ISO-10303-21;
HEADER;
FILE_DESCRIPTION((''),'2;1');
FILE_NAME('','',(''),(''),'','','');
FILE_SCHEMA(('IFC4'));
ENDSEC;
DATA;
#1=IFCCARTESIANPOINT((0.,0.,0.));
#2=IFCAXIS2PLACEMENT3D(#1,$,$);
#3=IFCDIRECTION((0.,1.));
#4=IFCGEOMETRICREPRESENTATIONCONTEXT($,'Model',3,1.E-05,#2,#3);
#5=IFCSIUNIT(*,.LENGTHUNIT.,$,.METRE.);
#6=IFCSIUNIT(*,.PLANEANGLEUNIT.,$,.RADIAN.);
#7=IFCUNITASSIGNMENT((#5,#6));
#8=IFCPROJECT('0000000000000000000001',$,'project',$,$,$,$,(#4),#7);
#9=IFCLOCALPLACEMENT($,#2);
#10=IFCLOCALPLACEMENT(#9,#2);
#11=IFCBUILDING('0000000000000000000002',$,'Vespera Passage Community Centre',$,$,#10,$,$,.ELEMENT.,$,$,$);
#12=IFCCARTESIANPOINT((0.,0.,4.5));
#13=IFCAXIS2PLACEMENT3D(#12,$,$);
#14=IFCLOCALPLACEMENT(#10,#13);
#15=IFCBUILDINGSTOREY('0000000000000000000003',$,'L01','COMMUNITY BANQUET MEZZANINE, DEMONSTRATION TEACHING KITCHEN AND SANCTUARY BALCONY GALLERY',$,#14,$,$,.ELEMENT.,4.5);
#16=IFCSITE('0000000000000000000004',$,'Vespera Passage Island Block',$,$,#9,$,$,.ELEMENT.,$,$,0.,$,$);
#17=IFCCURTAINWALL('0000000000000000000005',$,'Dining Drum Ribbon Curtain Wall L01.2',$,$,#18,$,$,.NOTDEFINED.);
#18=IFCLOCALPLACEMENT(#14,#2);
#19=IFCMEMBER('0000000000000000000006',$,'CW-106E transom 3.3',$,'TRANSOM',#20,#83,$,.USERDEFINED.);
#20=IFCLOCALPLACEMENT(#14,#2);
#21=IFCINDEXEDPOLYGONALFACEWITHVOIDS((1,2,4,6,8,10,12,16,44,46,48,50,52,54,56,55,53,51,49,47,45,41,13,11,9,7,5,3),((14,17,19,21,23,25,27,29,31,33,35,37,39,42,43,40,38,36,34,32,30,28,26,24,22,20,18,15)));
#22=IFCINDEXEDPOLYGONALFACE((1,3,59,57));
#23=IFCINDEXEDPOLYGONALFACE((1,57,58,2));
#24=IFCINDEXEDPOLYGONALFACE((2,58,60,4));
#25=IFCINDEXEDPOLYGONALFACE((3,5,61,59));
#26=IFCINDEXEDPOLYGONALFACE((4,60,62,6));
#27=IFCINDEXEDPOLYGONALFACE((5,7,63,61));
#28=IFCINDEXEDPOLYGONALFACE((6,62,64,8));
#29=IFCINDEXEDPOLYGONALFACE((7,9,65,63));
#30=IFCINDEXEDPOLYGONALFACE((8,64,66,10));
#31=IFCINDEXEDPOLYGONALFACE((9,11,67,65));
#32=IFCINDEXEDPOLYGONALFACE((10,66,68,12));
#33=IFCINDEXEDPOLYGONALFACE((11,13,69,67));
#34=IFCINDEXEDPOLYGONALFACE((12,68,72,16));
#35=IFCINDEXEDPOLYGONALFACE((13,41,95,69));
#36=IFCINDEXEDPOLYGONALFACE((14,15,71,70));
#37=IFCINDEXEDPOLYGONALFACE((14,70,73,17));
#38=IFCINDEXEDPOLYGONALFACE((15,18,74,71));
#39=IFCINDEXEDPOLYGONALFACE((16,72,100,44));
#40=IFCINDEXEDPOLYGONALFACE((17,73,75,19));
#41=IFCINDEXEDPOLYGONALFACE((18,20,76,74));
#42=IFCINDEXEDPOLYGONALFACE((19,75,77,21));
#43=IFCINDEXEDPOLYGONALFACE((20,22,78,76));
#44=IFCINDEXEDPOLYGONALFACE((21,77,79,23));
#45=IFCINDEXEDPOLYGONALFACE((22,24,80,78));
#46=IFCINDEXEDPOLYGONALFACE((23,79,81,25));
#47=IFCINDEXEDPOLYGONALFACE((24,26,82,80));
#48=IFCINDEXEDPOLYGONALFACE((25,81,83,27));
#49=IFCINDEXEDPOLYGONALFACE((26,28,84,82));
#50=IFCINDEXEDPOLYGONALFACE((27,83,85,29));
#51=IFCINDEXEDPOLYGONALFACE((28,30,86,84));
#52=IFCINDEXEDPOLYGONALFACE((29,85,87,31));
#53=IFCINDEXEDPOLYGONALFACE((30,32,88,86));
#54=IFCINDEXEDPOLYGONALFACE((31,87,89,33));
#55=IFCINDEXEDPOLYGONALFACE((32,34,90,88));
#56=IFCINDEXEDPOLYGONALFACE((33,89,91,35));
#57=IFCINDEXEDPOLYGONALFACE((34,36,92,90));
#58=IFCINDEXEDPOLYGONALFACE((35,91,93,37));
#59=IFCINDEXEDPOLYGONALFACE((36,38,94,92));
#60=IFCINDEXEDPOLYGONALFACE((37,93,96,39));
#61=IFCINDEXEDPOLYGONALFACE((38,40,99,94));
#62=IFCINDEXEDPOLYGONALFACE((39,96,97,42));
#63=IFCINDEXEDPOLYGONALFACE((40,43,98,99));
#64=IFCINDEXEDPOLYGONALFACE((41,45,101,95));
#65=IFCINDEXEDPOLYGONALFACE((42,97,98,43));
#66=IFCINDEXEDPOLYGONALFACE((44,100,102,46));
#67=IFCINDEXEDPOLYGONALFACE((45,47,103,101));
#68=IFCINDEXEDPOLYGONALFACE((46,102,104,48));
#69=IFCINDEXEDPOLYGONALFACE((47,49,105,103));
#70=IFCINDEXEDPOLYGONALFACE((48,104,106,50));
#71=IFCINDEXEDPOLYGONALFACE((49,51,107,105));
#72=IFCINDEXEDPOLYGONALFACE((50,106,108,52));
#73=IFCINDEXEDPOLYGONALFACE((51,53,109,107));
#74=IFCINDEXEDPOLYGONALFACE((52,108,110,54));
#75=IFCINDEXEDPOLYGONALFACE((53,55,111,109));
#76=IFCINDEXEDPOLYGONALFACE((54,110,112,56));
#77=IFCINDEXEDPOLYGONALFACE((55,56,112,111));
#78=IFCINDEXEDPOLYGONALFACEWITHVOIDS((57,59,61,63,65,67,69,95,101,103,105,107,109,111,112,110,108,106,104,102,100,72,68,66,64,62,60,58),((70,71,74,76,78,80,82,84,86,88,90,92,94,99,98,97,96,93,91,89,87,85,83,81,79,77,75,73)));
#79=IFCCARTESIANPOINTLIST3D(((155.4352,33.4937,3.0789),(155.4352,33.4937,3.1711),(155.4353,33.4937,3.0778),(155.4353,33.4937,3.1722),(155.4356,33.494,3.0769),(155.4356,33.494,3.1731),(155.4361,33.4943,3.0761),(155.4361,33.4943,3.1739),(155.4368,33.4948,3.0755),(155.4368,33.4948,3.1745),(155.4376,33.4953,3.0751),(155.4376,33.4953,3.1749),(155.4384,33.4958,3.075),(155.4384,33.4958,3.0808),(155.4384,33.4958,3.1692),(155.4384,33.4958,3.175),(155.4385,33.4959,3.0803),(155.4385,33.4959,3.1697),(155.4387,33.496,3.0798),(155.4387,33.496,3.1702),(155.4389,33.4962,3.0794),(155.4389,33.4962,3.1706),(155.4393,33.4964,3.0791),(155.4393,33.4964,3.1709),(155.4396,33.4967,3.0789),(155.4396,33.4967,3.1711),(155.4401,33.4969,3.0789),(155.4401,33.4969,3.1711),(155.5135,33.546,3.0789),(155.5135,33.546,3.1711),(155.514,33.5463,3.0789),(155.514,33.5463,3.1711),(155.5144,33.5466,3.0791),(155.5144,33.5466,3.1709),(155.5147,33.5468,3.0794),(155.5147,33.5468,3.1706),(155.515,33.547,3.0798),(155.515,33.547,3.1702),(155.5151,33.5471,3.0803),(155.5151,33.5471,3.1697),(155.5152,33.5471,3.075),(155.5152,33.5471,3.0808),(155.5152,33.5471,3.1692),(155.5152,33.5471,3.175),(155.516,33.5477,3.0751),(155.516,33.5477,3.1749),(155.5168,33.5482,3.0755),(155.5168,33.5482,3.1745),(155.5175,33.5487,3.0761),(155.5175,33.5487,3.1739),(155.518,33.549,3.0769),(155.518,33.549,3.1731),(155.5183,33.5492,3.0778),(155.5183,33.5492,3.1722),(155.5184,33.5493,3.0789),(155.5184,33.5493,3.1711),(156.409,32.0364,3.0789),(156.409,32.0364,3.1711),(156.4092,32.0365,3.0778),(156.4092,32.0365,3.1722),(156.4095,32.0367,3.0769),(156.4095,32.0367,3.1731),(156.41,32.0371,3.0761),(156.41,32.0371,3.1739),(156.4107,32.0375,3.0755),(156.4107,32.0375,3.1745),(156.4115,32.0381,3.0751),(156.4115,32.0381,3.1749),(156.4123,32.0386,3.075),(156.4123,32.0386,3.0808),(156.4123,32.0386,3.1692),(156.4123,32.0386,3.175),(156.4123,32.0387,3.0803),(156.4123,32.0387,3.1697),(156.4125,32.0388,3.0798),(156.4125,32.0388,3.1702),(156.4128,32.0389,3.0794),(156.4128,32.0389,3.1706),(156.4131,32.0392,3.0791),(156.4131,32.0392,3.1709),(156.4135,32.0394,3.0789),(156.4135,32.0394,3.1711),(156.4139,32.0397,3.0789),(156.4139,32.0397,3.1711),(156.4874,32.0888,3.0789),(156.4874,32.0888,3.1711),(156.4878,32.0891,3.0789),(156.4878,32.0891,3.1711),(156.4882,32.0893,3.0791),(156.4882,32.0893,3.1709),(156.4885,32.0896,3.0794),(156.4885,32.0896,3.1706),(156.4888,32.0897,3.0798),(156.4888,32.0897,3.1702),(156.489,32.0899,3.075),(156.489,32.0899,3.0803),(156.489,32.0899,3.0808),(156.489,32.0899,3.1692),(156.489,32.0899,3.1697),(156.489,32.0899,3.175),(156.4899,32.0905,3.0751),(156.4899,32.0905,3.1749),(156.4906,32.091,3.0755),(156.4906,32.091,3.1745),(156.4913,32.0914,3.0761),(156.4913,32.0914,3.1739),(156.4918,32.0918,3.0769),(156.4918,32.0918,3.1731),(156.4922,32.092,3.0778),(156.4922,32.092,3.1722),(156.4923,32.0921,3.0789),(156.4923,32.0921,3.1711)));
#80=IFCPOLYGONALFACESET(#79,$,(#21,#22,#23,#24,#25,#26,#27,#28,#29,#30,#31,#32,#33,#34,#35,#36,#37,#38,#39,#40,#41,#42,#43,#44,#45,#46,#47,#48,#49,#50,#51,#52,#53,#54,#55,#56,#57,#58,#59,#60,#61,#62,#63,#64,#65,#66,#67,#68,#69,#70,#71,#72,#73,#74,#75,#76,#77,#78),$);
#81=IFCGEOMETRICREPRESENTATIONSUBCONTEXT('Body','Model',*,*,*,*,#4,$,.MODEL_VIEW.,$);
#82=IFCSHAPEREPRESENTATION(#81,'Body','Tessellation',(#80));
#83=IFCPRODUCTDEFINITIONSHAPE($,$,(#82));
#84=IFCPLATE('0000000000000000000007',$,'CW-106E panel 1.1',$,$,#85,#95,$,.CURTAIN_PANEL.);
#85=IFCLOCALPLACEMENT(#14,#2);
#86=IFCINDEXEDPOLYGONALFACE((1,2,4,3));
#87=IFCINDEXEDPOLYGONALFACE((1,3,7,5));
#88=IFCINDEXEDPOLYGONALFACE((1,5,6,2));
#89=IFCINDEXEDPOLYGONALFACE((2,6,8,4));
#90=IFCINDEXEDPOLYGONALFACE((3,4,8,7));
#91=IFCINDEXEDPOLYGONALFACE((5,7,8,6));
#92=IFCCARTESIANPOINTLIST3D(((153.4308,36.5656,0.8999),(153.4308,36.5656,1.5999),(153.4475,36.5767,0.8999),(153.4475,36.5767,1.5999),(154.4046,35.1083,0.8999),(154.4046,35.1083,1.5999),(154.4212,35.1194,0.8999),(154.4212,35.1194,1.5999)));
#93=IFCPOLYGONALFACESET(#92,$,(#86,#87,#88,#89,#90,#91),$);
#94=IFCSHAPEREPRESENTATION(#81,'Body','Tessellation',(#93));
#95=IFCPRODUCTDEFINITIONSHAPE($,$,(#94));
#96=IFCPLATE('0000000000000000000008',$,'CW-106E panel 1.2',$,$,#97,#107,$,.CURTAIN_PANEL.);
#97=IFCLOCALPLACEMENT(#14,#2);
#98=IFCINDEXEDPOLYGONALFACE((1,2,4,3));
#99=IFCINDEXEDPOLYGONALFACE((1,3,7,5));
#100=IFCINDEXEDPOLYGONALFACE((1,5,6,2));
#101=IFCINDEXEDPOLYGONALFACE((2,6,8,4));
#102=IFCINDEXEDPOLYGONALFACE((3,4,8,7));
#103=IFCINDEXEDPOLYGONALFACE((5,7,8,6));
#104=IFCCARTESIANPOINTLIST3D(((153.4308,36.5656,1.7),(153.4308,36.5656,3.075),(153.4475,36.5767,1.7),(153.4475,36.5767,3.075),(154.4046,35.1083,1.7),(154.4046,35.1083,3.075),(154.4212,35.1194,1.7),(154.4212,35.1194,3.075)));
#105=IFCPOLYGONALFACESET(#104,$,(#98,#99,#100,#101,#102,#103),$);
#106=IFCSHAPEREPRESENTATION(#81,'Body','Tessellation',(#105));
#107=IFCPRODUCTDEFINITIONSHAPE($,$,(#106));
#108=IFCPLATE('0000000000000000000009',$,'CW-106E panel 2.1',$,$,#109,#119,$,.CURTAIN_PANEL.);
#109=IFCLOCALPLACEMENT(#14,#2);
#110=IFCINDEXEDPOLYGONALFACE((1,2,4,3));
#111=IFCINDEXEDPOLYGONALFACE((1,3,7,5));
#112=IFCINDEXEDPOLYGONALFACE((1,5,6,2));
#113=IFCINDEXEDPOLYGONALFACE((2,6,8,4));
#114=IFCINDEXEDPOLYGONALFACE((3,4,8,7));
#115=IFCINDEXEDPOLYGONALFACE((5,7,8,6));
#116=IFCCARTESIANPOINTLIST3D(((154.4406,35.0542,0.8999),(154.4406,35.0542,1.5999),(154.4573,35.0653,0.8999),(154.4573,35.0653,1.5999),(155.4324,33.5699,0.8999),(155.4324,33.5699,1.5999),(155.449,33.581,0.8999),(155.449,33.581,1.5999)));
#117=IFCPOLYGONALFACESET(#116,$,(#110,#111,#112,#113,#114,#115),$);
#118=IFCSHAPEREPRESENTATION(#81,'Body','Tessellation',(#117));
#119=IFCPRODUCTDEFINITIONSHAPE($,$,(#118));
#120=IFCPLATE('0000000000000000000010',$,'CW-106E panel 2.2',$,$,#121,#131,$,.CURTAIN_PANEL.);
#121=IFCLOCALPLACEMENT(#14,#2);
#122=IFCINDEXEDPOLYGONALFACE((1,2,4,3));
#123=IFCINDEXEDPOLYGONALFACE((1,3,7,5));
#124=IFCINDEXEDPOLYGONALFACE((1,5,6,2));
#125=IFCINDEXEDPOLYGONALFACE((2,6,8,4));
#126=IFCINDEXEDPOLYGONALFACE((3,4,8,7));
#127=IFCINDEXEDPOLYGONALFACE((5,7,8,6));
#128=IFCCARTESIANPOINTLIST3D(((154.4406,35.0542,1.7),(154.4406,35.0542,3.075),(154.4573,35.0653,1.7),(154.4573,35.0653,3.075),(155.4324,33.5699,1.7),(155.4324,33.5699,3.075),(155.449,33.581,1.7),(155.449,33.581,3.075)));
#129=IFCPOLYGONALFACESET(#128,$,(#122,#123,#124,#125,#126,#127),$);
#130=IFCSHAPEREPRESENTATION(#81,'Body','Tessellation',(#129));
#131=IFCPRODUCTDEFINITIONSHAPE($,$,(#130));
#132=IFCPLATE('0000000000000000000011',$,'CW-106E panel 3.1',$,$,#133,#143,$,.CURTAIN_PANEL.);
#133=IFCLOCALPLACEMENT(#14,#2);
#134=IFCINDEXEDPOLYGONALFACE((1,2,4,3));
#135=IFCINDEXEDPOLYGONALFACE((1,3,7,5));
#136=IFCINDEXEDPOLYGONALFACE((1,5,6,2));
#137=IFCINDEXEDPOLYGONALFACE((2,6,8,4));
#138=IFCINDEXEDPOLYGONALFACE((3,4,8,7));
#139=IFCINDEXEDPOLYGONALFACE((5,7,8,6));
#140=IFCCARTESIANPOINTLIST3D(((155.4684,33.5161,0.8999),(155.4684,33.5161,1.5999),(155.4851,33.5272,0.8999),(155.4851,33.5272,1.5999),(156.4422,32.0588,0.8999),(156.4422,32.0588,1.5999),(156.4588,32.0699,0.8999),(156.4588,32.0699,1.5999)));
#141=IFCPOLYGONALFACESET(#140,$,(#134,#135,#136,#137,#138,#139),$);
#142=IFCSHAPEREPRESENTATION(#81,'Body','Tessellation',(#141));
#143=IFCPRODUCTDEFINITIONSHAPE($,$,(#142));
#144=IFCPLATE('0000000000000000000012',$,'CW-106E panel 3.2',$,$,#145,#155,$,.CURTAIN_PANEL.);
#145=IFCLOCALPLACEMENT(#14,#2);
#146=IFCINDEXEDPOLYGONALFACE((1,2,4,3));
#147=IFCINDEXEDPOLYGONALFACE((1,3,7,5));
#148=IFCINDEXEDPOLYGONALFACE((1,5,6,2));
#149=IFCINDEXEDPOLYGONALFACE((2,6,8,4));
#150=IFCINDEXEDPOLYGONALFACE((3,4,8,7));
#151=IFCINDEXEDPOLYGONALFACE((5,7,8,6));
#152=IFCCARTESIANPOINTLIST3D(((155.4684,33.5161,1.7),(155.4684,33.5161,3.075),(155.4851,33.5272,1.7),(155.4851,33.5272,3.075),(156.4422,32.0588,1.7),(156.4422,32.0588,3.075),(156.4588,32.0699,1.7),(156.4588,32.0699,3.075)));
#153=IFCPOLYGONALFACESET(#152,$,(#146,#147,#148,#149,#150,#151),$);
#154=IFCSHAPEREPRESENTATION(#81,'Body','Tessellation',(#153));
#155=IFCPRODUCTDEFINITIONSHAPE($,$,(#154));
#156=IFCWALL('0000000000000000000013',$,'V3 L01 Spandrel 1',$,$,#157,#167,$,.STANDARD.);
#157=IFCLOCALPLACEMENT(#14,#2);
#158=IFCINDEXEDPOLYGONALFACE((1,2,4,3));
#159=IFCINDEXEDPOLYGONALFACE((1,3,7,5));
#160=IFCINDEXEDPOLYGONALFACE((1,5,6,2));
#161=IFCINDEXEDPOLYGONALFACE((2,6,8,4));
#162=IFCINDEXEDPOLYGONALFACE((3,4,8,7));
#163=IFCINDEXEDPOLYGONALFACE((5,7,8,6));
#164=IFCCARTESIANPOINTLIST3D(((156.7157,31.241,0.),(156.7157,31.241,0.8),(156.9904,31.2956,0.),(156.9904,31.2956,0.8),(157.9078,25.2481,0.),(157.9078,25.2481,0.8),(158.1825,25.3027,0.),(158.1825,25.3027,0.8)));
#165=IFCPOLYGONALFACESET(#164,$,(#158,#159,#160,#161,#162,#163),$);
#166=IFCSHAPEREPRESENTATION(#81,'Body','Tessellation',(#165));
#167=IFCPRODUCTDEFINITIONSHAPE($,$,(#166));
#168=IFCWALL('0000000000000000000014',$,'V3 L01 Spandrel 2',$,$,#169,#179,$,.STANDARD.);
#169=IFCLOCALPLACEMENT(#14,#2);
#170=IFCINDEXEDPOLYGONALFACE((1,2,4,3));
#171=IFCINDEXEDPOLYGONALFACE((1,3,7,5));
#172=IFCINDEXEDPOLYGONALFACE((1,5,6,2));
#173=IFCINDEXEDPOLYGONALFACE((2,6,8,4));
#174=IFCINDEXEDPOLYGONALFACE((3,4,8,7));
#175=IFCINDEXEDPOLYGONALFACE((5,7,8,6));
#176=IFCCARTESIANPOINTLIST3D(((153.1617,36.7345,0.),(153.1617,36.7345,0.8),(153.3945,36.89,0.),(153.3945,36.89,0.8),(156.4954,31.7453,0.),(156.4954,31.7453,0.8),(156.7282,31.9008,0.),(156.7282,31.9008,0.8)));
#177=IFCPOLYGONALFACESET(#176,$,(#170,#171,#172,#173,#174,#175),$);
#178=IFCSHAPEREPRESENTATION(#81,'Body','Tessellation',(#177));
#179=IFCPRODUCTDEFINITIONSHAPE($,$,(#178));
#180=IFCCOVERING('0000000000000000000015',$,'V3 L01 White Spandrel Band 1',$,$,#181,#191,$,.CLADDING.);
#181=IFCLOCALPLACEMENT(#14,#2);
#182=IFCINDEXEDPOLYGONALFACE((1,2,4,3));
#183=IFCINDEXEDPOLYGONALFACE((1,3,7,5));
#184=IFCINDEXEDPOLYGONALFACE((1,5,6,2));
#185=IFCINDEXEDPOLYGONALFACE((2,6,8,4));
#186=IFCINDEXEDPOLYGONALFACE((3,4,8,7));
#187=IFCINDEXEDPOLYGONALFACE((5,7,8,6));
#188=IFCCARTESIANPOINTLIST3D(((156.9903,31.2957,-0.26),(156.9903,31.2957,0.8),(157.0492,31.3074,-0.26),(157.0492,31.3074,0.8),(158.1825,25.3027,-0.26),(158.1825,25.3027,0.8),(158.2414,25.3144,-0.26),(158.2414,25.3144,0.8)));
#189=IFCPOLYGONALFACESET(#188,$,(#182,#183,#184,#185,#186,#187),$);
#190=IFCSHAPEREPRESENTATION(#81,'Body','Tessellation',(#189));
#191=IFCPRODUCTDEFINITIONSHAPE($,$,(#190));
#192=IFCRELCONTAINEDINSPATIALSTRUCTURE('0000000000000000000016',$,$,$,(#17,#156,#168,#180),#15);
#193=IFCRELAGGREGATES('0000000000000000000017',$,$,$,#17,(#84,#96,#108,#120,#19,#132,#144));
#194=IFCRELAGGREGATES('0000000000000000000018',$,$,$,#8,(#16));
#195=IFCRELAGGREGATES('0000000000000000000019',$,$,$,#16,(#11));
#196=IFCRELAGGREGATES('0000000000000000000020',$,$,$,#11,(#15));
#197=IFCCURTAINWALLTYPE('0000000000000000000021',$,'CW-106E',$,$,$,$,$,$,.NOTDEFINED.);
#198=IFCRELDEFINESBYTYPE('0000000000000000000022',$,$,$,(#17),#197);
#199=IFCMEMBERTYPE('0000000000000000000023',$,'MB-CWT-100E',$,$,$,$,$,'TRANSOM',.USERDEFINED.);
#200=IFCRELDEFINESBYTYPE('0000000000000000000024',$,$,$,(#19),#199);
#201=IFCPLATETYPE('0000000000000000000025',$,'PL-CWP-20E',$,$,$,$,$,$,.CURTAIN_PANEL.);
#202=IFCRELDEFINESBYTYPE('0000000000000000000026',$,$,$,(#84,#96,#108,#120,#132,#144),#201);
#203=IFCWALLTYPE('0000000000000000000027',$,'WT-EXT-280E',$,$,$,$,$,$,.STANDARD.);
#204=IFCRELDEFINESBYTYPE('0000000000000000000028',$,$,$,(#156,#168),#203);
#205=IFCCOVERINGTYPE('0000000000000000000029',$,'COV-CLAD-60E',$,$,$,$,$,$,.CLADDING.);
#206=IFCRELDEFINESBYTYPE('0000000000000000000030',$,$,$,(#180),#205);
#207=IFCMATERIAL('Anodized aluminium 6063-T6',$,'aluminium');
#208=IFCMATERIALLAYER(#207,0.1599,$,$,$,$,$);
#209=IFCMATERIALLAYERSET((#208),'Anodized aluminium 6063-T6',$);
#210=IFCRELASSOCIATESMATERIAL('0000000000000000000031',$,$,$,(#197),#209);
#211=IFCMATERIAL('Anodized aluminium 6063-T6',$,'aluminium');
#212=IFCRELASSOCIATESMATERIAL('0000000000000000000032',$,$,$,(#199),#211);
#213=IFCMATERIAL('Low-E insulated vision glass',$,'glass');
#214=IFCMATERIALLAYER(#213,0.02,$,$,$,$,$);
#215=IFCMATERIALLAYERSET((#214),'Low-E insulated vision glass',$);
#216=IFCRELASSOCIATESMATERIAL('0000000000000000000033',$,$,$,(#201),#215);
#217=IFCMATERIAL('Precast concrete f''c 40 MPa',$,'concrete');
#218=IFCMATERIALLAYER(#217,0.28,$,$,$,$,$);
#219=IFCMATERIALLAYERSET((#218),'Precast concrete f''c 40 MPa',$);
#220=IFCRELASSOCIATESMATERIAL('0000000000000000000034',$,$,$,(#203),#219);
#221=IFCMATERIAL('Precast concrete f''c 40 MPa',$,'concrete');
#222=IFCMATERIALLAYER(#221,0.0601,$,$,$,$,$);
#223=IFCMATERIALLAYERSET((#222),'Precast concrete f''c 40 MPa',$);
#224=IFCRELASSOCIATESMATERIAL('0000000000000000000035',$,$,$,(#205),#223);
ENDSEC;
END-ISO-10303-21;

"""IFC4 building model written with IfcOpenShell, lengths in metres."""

from ifc_helpers import new_model, si_unit, direction, frame, frame_2d, origin, origin_2d, place, context, subcontext, project, spatial, rectangle, hollow_rectangle, extrude, material, layer, layer_set, material_profile, profile_set, type_object, element, aggregate, save


model = new_model("IFC4")

# Units and contexts
model_context = context("Model", 3, precision=1e-05, world=origin(), true_north=direction((0.0, 1.0)))
body_context = subcontext(model_context, "Body", "Model", "MODEL_VIEW")
ifc_project = project(units=[si_unit("LENGTHUNIT", "METRE"), si_unit("PLANEANGLEUNIT", "RADIAN")], contexts=[model_context])

# Site, building, storey
site_placement = place(None, origin())
site = spatial("IfcSite", under=ifc_project, at=site_placement, Name="Vespera Passage Island Block", CompositionType="ELEMENT", RefElevation=0.0)
building_placement = place(site_placement, origin())
building = spatial("IfcBuilding", under=site, at=building_placement, Name="Vespera Passage Community Centre", CompositionType="ELEMENT")
storey_placement = place(building_placement, frame((0.0, 0.0, 4.5)))
storey = spatial("IfcBuildingStorey", under=building, at=storey_placement, Name="L01", Description="COMMUNITY BANQUET MEZZANINE, DEMONSTRATION TEACHING KITCHEN AND SANCTUARY BALCONY GALLERY", CompositionType="ELEMENT", Elevation=4.5)

# Curtain wall
ifc_material_1 = material(Name="Anodized aluminium 6063-T6", Category="aluminium")
ifc_layer_1 = layer(ifc_material_1, 0.1599)
ifc_layer_set_1 = layer_set([ifc_layer_1], Name="Anodized aluminium 6063-T6")
curtain_wall_type_1 = type_object("IfcCurtainWallType", Name="CW-106E", PredefinedType="NOTDEFINED", material=ifc_layer_set_1)
curtain_wall_1_placement = place(storey_placement, origin())
curtain_wall_1 = element("IfcCurtainWall", 1, at=curtain_wall_1_placement, inside=storey, type_object=curtain_wall_type_1, Name="Dining Drum Ribbon Curtain Wall L01.2", PredefinedType="NOTDEFINED")

# Member
ifc_material_2 = material(Name="Anodized aluminium 6063-T6", Category="aluminium")
ifc_material_profile_1 = material_profile(ifc_material_2, hollow_rectangle(XDim=0.1001, YDim=0.1001, WallThickness=0.0039, InnerFilletRadius=0.002, OuterFilletRadius=0.0039, at=origin_2d()), Name="ALU100X100X4")
ifc_profile_set_1 = profile_set([ifc_material_profile_1], Name="Anodized aluminium 6063-T6")
member_type_1 = type_object("IfcMemberType", Name="MB-CWT-100E", ElementType="TRANSOM", PredefinedType="USERDEFINED", material=ifc_profile_set_1)
member_1_placement = place(storey_placement, frame((155.4768, 33.5215, 3.125), z_axis=(0.555632, -0.831428, 0.0), x_axis=(0.831428, 0.555632, 0.0)))
member_1 = element("IfcMember", 2, at=member_1_placement, type_object=member_type_1, Name="CW-106E transom 3.3", ObjectType="TRANSOM", PredefinedType="USERDEFINED", context=body_context, shape_type="SweptSolid", body=[
    extrude(hollow_rectangle(XDim=0.1001, YDim=0.1001, WallThickness=0.0039, InnerFilletRadius=0.002, OuterFilletRadius=0.0039, at=origin_2d()), origin(), (0.0, 0.0, 1.0), 1.7527),
])

# Plates
ifc_material_3 = material(Name="Low-E insulated vision glass", Category="glass")
ifc_layer_2 = layer(ifc_material_3, 0.02)
ifc_layer_set_2 = layer_set([ifc_layer_2], Name="Low-E insulated vision glass")
plate_type = type_object("IfcPlateType", Name="PL-CWP-20E", PredefinedType="CURTAIN_PANEL", material=ifc_layer_set_2)
plate_1_placement = place(storey_placement, frame((153.926, 35.8425, 0.8999), z_axis=(0.0, 0.0, 1.0), x_axis=(0.555565, -0.831473, 0.0)))
plate_1 = element("IfcPlate", 3, at=plate_1_placement, type_object=plate_type, Name="CW-106E panel 1.1", PredefinedType="CURTAIN_PANEL", context=body_context, shape_type="SweptSolid", body=[
    extrude(rectangle(XDim=1.7527, YDim=0.02, at=origin_2d()), origin(), (0.0, 0.0, 1.0), 0.7),
])
plate_2_placement = place(storey_placement, frame((153.926, 35.8425, 1.7), z_axis=(0.0, 0.0, 1.0), x_axis=(0.555565, -0.831473, 0.0)))
plate_2 = element("IfcPlate", 4, at=plate_2_placement, type_object=plate_type, Name="CW-106E panel 1.2", PredefinedType="CURTAIN_PANEL", context=body_context, shape_type="SweptSolid", body=[
    extrude(rectangle(XDim=1.7527, YDim=0.02, at=origin_2d()), origin(), (0.0, 0.0, 1.0), 1.375),
])
plate_3_placement = place(storey_placement, frame((154.9448, 34.3176, 0.8999), z_axis=(0.0, 0.0, 1.0), x_axis=(0.555565, -0.831473, 0.0)))
plate_3 = element("IfcPlate", 5, at=plate_3_placement, type_object=plate_type, Name="CW-106E panel 2.1", PredefinedType="CURTAIN_PANEL", context=body_context, shape_type="SweptSolid", body=[
    extrude(rectangle(XDim=1.7852, YDim=0.02, at=origin_2d()), origin(), (0.0, 0.0, 1.0), 0.7),
])
plate_4_placement = place(storey_placement, frame((154.9448, 34.3176, 1.7), z_axis=(0.0, 0.0, 1.0), x_axis=(0.555565, -0.831473, 0.0)))
plate_4 = element("IfcPlate", 6, at=plate_4_placement, type_object=plate_type, Name="CW-106E panel 2.2", PredefinedType="CURTAIN_PANEL", context=body_context, shape_type="SweptSolid", body=[
    extrude(rectangle(XDim=1.7852, YDim=0.02, at=origin_2d()), origin(), (0.0, 0.0, 1.0), 1.375),
])
plate_5_placement = place(storey_placement, frame((155.9636, 32.793, 0.8999), z_axis=(0.0, 0.0, 1.0), x_axis=(0.555565, -0.831473, 0.0)))
plate_5 = element("IfcPlate", 7, at=plate_5_placement, type_object=plate_type, Name="CW-106E panel 3.1", PredefinedType="CURTAIN_PANEL", context=body_context, shape_type="SweptSolid", body=[
    extrude(rectangle(XDim=1.7527, YDim=0.02, at=origin_2d()), origin(), (0.0, 0.0, 1.0), 0.7),
])
plate_6_placement = place(storey_placement, frame((155.9636, 32.793, 1.7), z_axis=(0.0, 0.0, 1.0), x_axis=(0.555565, -0.831473, 0.0)))
plate_6 = element("IfcPlate", 8, at=plate_6_placement, type_object=plate_type, Name="CW-106E panel 3.2", PredefinedType="CURTAIN_PANEL", context=body_context, shape_type="SweptSolid", body=[
    extrude(rectangle(XDim=1.7527, YDim=0.02, at=origin_2d()), origin(), (0.0, 0.0, 1.0), 1.375),
])
aggregate(curtain_wall_1, [plate_1, plate_2, plate_3, plate_4, member_1, plate_5, plate_6])

# Walls
ifc_material_4 = material(Name="Precast concrete f'c 40 MPa", Category="concrete")
ifc_layer_3 = layer(ifc_material_4, 0.28)
ifc_layer_set_3 = layer_set([ifc_layer_3], Name="Precast concrete f'c 40 MPa")
wall_type = type_object("IfcWallType", Name="WT-EXT-280E", PredefinedType="STANDARD", material=ifc_layer_set_3)
wall_1_placement = place(storey_placement, frame((156.853, 31.2683, 0.0), z_axis=(0.0, 0.0, 1.0), x_axis=(0.195102, -0.980783, 0.0)))
element("IfcWall", 9, at=wall_1_placement, inside=storey, type_object=wall_type, Name="V3 L01 Spandrel 1", PredefinedType="STANDARD", context=body_context, shape_type="SweptSolid", body=[
    extrude(rectangle(XDim=6.1104, YDim=0.28, at=frame_2d((3.0552, 0.0))), origin(), (0.0, 0.0, 1.0), 0.8),
])
wall_2_placement = place(storey_placement, frame((153.2781, 36.8123, 0.0), z_axis=(0.0, 0.0, 1.0), x_axis=(0.555573, -0.831468, 0.0)))
element("IfcWall", 10, at=wall_2_placement, inside=storey, type_object=wall_type, Name="V3 L01 Spandrel 2", PredefinedType="STANDARD", context=body_context, shape_type="SweptSolid", body=[
    extrude(rectangle(XDim=6.0005, YDim=0.28, at=frame_2d((3.0002, 0.0))), origin(), (0.0, 0.0, 1.0), 0.8),
])

# Covering
ifc_material_5 = material(Name="Precast concrete f'c 40 MPa", Category="concrete")
ifc_layer_4 = layer(ifc_material_5, 0.0601)
ifc_layer_set_4 = layer_set([ifc_layer_4], Name="Precast concrete f'c 40 MPa")
covering_type = type_object("IfcCoveringType", Name="COV-CLAD-60E", PredefinedType="CLADDING", material=ifc_layer_set_4)
covering_1_placement = place(storey_placement, frame((157.0198, 31.3015, -0.26), z_axis=(0.0, 0.0, 1.0), x_axis=(0.195102, -0.980783, 0.0)))
element("IfcCovering", 11, at=covering_1_placement, inside=storey, type_object=covering_type, Name="V3 L01 White Spandrel Band 1", PredefinedType="CLADDING", context=body_context, shape_type="SweptSolid", body=[
    extrude(rectangle(XDim=6.1104, YDim=0.0601, at=frame_2d((3.0552, 0.0))), origin(), (0.0, 0.0, 1.0), 1.0601),
])

save(model, "model.ifc")
